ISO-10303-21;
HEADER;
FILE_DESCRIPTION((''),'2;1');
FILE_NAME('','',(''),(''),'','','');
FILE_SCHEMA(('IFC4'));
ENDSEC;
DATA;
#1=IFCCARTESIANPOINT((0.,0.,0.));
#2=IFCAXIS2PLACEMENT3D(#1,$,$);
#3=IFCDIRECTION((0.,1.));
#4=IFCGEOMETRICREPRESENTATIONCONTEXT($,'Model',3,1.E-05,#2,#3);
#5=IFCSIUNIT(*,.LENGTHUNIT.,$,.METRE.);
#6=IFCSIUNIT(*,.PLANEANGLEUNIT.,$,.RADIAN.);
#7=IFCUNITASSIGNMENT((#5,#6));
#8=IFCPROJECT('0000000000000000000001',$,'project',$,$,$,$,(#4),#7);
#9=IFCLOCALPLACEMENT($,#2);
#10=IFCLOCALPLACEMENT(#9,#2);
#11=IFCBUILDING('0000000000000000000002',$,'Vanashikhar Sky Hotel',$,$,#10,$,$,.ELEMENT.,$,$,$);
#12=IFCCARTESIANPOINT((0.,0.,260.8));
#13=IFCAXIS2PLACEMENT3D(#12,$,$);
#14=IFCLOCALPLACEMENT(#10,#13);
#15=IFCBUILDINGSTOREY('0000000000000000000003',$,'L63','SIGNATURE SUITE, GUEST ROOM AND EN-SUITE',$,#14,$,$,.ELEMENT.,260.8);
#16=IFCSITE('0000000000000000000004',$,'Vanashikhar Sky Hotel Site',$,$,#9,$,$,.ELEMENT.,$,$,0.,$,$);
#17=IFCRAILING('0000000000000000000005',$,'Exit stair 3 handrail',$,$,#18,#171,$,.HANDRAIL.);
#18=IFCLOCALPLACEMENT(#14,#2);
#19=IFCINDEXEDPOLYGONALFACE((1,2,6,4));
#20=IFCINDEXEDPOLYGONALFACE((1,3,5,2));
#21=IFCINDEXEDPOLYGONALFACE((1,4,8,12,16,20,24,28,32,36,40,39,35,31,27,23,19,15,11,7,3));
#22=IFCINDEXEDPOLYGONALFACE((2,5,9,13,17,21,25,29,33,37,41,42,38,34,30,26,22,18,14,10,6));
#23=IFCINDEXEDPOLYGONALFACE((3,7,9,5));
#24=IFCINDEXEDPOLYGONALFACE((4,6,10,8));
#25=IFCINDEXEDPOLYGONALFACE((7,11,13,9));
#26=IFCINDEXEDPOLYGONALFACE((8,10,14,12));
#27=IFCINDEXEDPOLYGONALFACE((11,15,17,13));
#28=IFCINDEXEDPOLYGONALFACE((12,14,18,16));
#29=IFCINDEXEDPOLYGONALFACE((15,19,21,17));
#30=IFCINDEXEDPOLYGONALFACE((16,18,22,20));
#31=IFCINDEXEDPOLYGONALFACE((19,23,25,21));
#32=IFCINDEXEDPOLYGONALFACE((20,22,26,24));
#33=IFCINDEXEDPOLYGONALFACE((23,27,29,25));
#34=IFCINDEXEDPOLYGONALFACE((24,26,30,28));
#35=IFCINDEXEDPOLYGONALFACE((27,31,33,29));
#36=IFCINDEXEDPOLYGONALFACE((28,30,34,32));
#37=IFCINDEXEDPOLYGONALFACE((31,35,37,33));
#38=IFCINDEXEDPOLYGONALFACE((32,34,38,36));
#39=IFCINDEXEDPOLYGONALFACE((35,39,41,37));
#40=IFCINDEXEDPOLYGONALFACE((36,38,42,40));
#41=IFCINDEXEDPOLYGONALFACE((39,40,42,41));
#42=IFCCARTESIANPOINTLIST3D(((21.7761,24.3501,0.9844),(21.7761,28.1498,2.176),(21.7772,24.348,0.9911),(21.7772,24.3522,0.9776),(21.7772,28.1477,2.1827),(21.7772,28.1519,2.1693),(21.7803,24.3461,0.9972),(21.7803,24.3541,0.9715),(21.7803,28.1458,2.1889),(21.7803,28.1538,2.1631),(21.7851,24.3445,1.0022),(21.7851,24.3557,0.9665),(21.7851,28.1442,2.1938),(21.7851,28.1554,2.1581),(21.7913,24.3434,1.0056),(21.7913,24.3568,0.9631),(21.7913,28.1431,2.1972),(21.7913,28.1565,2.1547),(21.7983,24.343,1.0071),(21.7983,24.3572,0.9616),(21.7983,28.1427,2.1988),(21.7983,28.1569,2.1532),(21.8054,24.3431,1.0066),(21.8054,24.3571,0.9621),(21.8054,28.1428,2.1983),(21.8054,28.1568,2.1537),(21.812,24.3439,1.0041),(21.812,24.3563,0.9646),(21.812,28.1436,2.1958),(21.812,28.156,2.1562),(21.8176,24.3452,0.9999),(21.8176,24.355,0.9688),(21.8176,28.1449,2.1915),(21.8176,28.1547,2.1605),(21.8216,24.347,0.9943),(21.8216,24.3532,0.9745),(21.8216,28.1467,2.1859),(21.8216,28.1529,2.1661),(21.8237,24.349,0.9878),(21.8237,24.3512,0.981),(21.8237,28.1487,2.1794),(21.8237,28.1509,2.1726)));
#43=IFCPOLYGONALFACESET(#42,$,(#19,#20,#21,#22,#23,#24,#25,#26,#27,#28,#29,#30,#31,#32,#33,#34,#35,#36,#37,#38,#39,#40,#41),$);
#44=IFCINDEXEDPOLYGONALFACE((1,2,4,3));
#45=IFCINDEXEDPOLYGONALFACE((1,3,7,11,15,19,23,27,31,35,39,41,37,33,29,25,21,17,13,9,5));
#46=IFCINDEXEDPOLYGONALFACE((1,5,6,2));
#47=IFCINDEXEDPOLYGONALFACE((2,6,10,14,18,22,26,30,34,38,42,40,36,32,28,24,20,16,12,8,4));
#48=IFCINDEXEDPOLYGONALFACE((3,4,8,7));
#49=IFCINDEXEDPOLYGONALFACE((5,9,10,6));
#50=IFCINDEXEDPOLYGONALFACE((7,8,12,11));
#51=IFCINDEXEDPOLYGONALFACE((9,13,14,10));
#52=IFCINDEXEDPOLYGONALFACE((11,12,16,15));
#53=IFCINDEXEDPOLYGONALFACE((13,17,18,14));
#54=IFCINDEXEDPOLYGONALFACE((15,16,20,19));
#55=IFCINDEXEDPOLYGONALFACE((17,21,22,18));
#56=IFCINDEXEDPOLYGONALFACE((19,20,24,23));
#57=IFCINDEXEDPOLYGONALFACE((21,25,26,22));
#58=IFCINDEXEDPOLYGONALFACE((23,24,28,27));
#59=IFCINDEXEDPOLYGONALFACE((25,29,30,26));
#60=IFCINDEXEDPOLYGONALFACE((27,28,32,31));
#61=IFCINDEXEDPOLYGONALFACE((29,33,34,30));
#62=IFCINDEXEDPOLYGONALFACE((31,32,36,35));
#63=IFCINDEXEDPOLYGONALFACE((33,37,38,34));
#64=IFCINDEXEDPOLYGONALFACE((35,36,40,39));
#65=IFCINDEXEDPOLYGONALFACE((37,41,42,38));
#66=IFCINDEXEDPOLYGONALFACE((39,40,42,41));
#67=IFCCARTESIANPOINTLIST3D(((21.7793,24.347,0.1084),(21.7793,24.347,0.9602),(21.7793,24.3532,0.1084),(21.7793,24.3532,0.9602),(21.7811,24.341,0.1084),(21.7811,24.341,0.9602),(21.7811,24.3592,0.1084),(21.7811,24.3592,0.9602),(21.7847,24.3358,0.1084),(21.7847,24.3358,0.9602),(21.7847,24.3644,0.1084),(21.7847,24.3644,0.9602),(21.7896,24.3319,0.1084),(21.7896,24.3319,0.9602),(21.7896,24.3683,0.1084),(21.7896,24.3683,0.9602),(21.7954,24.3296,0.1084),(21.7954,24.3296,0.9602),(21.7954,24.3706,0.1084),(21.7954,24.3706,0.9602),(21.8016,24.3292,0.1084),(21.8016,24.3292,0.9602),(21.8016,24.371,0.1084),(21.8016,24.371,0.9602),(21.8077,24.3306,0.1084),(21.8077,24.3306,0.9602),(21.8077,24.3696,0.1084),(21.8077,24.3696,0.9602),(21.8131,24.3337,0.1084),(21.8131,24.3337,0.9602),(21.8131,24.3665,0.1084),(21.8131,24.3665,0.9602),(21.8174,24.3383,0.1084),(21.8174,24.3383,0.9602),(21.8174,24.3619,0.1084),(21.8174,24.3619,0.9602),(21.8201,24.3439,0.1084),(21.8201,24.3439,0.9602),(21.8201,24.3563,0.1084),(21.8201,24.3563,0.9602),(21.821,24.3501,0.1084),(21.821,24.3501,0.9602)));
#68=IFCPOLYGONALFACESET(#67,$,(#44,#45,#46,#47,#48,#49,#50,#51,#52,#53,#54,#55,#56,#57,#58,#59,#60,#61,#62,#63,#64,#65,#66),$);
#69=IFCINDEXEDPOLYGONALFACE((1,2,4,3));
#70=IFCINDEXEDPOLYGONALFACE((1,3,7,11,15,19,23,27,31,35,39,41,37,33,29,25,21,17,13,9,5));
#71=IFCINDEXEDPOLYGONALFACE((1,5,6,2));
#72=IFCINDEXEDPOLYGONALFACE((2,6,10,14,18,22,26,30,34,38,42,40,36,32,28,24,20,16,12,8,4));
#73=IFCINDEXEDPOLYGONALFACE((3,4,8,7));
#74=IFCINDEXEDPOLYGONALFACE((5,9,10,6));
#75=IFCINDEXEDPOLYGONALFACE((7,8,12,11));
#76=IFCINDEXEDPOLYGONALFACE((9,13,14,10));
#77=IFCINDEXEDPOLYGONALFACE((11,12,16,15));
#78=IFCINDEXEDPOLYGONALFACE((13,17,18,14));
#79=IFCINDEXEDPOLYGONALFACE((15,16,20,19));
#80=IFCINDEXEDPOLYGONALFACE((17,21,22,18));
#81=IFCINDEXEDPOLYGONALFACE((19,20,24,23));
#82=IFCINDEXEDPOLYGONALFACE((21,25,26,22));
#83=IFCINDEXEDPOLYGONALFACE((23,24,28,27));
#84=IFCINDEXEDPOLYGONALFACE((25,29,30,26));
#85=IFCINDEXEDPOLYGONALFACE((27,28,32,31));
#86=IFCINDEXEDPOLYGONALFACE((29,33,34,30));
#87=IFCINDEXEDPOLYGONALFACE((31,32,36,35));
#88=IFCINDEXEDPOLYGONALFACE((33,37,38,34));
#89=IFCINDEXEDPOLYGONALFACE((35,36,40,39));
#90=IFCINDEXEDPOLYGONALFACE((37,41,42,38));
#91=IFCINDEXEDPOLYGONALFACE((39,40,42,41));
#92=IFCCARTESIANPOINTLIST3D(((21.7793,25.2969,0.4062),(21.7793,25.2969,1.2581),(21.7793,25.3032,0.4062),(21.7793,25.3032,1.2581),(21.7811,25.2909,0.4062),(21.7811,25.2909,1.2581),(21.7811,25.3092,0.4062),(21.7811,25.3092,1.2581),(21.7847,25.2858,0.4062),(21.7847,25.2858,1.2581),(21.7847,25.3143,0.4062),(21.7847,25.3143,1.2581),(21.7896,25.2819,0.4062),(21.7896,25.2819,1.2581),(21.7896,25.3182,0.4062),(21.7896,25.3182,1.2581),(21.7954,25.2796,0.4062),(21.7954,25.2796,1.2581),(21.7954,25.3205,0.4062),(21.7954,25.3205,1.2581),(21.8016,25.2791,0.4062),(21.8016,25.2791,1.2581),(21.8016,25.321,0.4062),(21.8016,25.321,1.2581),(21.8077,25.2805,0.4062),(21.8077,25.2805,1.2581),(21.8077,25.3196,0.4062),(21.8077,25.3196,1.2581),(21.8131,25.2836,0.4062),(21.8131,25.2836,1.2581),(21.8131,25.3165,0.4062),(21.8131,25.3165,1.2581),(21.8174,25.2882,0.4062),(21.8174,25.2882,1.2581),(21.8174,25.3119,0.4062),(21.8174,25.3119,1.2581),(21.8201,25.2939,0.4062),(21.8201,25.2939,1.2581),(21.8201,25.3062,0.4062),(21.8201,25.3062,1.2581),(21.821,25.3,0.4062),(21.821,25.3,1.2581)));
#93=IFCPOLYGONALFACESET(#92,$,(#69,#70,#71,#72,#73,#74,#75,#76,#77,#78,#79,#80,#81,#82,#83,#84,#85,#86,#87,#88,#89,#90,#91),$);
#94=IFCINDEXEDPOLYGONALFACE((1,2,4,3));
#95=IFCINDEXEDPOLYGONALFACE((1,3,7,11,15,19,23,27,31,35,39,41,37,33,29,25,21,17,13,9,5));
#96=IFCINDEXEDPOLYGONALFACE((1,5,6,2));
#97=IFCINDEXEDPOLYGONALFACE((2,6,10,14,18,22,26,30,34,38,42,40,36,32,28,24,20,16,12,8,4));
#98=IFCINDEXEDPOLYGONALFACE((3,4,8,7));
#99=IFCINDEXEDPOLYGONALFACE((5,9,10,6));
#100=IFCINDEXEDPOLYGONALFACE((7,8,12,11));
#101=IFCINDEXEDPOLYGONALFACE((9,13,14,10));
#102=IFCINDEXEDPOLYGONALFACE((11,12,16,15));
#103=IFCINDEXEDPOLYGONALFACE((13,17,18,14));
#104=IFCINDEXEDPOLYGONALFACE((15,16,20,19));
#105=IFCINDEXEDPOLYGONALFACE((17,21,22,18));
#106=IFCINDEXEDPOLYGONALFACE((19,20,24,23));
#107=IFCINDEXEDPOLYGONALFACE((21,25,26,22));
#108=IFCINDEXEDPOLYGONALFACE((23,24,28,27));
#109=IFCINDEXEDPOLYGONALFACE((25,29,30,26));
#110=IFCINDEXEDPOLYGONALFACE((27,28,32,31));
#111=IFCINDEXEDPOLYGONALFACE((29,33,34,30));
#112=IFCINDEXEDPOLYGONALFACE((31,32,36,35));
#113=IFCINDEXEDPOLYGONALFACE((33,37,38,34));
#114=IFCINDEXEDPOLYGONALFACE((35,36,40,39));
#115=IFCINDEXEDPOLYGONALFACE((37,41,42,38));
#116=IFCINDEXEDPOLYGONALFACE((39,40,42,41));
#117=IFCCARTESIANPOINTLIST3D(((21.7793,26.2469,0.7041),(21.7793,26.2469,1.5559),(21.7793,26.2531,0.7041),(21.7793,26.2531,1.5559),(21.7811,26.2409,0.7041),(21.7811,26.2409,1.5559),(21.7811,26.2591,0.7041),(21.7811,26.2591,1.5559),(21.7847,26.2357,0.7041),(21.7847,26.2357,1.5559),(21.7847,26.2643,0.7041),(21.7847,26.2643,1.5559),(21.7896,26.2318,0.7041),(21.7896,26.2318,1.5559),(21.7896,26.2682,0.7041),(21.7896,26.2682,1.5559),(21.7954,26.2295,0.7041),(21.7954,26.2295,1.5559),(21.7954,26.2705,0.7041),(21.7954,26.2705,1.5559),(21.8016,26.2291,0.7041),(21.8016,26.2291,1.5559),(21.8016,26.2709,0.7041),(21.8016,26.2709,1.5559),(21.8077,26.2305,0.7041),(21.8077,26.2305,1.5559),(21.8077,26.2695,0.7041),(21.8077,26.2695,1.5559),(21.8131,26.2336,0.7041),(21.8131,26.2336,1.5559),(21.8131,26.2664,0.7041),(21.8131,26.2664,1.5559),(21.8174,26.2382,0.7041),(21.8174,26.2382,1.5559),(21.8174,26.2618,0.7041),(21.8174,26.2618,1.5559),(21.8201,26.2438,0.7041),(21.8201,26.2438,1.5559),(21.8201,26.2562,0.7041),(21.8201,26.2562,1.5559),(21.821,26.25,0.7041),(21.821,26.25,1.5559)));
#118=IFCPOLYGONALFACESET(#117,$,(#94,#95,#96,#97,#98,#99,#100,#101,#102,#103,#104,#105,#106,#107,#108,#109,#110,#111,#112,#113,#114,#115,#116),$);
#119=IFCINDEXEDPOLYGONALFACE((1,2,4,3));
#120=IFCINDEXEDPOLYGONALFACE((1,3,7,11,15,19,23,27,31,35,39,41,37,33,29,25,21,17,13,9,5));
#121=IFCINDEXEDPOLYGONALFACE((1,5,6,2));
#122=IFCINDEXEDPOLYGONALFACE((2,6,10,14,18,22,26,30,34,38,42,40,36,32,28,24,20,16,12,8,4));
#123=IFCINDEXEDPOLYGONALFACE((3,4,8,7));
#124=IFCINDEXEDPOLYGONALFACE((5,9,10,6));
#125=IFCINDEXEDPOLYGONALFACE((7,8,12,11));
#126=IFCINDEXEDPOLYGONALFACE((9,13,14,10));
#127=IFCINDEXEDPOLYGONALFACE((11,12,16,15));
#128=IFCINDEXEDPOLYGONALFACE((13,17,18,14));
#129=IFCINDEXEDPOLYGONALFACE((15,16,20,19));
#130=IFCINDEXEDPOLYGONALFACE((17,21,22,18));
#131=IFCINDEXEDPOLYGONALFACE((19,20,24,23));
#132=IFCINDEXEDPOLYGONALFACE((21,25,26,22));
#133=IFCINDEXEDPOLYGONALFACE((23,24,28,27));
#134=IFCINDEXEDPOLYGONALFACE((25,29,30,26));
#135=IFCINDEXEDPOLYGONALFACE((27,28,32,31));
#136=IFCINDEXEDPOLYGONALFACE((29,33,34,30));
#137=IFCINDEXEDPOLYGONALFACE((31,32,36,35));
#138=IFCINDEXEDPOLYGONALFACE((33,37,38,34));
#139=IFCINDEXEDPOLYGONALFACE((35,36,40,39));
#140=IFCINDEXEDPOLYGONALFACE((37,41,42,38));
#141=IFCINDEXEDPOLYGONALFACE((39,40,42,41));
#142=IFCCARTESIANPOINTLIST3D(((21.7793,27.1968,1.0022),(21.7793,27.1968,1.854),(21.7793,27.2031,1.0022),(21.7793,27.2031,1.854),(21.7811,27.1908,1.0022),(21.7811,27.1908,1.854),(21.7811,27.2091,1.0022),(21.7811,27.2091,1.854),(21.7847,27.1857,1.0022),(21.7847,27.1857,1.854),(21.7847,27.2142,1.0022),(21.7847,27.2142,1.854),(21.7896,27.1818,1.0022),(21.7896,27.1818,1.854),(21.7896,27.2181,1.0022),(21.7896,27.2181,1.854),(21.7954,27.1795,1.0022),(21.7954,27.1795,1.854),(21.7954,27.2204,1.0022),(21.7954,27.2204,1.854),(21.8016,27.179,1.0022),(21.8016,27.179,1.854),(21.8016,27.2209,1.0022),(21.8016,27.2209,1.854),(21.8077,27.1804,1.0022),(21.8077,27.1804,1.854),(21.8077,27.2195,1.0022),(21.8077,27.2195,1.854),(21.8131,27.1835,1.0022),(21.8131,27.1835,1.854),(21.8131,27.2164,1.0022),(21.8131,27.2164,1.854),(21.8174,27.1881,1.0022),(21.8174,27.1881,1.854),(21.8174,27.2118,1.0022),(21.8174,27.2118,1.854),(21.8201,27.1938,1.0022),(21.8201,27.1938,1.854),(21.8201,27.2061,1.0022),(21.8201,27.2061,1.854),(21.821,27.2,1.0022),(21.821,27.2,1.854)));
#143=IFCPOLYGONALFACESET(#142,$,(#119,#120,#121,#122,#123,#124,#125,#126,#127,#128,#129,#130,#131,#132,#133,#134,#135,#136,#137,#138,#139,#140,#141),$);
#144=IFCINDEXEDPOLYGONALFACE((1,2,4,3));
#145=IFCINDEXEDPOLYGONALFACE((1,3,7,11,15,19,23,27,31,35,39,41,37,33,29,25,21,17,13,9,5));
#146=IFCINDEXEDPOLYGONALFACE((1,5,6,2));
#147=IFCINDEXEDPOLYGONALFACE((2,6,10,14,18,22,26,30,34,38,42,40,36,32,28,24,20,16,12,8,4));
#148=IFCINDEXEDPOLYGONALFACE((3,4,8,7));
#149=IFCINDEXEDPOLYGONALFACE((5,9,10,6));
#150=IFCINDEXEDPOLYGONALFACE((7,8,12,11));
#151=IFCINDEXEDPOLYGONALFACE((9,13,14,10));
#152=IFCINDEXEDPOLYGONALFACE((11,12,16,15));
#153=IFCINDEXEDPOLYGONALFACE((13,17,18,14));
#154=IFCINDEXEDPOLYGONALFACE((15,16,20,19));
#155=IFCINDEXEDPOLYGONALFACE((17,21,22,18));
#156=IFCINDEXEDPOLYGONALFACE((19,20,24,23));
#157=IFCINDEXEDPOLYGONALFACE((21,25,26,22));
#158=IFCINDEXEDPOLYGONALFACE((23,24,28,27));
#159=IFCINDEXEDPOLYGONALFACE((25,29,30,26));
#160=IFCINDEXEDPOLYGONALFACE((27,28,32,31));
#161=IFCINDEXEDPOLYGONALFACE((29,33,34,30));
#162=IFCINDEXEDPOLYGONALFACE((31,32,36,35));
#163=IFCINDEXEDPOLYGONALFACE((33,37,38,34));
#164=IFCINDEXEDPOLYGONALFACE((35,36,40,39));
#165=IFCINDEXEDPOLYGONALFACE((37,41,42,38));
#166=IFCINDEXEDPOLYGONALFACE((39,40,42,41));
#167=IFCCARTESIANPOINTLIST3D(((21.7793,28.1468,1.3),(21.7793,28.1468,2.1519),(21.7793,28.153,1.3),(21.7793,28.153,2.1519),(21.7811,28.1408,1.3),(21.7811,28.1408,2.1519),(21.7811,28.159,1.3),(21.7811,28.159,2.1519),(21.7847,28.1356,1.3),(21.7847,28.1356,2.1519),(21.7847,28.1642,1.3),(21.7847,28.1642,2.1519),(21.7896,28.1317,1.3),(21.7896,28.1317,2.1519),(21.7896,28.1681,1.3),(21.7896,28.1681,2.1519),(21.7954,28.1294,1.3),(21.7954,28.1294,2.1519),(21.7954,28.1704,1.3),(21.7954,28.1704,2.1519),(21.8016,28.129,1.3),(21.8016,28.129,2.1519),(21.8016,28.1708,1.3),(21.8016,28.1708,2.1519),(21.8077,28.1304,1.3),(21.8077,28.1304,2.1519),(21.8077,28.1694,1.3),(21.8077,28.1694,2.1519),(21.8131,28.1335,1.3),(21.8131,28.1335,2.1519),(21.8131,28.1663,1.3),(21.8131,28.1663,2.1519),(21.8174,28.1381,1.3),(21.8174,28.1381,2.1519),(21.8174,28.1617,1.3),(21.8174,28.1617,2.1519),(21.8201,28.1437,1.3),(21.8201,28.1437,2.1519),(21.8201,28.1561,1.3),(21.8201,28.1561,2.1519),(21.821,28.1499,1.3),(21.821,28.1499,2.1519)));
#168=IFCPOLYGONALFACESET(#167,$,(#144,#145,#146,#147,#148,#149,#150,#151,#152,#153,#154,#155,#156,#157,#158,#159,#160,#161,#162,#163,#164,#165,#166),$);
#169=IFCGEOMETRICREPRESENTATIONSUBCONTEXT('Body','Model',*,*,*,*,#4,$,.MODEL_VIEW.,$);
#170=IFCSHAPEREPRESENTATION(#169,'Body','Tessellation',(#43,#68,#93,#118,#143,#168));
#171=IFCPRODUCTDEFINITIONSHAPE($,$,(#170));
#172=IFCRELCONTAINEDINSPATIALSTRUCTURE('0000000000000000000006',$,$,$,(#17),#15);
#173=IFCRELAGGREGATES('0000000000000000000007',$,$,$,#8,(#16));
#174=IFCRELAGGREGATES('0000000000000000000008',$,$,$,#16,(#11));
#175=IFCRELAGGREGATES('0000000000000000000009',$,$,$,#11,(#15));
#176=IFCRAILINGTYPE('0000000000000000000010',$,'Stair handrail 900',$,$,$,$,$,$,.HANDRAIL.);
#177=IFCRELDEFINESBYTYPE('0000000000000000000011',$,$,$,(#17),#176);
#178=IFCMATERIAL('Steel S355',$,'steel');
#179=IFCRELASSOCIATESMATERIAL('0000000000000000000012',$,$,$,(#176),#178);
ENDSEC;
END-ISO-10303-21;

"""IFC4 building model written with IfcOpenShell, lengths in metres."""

from ifc_helpers import new_model, si_unit, direction, frame, origin, origin_2d, place, context, subcontext, project, spatial, circle, extrude, source, transform, mapped, material, type_object, element, save


model = new_model("IFC4")

# Units and contexts
model_context = context("Model", 3, precision=1e-05, world=origin(), true_north=direction((0.0, 1.0)))
body_context = subcontext(model_context, "Body", "Model", "MODEL_VIEW")
ifc_project = project(units=[si_unit("LENGTHUNIT", "METRE"), si_unit("PLANEANGLEUNIT", "RADIAN")], contexts=[model_context])

# Site, building, storey
site_placement = place(None, origin())
site = spatial("IfcSite", under=ifc_project, at=site_placement, Name="Vanashikhar Sky Hotel Site", CompositionType="ELEMENT", RefElevation=0.0)
building_placement = place(site_placement, origin())
building = spatial("IfcBuilding", under=site, at=building_placement, Name="Vanashikhar Sky Hotel", CompositionType="ELEMENT")
storey_placement = place(building_placement, frame((0.0, 0.0, 260.8)))
storey = spatial("IfcBuildingStorey", under=building, at=storey_placement, Name="L63", Description="SIGNATURE SUITE, GUEST ROOM AND EN-SUITE", CompositionType="ELEMENT", Elevation=260.8)

# Railing
ifc_material_1 = material(Name="Steel S355", Category="steel")
railing_type = type_object("IfcRailingType", Name="Stair handrail 900", PredefinedType="HANDRAIL", material=ifc_material_1)
shared_shape_1 = source(origin(), body_context, "Body", "SweptSolid", [
    extrude(circle(Radius=0.0239, at=origin_2d()), frame((0.0, 0.0, 0.876), z_axis=(0.0, 0.954178, 0.299238), x_axis=(-1.0, 0.0, 0.0)), (0.0, 0.0, 1.0), 3.9822),
    extrude(circle(Radius=0.021, at=origin_2d()), origin(), (0.0, 0.0, 1.0), 0.8518),
    extrude(circle(Radius=0.021, at=origin_2d()), frame((0.0, 0.95, 0.2979)), (0.0, 0.0, 1.0), 0.8518),
    extrude(circle(Radius=0.021, at=origin_2d()), frame((0.0, 1.8999, 0.5957)), (0.0, 0.0, 1.0), 0.8518),
    extrude(circle(Radius=0.021, at=origin_2d()), frame((0.0, 2.8499, 0.8938)), (0.0, 0.0, 1.0), 0.8518),
    extrude(circle(Radius=0.021, at=origin_2d()), frame((0.0, 3.7998, 1.1917)), (0.0, 0.0, 1.0), 0.8518),
])
for number, where, name in (
    (1, (21.8, 24.3501, 0.1084), "Exit stair 3 handrail"),
):
    element("IfcRailing", number, at=place(storey_placement, frame(where)), inside=storey, type_object=railing_type, Name=name, PredefinedType="HANDRAIL", context=body_context, shape_type="MappedRepresentation", body=[
        mapped(shared_shape_1, transform((0.0, 0.0, 0.0), scale=1.0)),
    ])

save(model, "model.ifc")
